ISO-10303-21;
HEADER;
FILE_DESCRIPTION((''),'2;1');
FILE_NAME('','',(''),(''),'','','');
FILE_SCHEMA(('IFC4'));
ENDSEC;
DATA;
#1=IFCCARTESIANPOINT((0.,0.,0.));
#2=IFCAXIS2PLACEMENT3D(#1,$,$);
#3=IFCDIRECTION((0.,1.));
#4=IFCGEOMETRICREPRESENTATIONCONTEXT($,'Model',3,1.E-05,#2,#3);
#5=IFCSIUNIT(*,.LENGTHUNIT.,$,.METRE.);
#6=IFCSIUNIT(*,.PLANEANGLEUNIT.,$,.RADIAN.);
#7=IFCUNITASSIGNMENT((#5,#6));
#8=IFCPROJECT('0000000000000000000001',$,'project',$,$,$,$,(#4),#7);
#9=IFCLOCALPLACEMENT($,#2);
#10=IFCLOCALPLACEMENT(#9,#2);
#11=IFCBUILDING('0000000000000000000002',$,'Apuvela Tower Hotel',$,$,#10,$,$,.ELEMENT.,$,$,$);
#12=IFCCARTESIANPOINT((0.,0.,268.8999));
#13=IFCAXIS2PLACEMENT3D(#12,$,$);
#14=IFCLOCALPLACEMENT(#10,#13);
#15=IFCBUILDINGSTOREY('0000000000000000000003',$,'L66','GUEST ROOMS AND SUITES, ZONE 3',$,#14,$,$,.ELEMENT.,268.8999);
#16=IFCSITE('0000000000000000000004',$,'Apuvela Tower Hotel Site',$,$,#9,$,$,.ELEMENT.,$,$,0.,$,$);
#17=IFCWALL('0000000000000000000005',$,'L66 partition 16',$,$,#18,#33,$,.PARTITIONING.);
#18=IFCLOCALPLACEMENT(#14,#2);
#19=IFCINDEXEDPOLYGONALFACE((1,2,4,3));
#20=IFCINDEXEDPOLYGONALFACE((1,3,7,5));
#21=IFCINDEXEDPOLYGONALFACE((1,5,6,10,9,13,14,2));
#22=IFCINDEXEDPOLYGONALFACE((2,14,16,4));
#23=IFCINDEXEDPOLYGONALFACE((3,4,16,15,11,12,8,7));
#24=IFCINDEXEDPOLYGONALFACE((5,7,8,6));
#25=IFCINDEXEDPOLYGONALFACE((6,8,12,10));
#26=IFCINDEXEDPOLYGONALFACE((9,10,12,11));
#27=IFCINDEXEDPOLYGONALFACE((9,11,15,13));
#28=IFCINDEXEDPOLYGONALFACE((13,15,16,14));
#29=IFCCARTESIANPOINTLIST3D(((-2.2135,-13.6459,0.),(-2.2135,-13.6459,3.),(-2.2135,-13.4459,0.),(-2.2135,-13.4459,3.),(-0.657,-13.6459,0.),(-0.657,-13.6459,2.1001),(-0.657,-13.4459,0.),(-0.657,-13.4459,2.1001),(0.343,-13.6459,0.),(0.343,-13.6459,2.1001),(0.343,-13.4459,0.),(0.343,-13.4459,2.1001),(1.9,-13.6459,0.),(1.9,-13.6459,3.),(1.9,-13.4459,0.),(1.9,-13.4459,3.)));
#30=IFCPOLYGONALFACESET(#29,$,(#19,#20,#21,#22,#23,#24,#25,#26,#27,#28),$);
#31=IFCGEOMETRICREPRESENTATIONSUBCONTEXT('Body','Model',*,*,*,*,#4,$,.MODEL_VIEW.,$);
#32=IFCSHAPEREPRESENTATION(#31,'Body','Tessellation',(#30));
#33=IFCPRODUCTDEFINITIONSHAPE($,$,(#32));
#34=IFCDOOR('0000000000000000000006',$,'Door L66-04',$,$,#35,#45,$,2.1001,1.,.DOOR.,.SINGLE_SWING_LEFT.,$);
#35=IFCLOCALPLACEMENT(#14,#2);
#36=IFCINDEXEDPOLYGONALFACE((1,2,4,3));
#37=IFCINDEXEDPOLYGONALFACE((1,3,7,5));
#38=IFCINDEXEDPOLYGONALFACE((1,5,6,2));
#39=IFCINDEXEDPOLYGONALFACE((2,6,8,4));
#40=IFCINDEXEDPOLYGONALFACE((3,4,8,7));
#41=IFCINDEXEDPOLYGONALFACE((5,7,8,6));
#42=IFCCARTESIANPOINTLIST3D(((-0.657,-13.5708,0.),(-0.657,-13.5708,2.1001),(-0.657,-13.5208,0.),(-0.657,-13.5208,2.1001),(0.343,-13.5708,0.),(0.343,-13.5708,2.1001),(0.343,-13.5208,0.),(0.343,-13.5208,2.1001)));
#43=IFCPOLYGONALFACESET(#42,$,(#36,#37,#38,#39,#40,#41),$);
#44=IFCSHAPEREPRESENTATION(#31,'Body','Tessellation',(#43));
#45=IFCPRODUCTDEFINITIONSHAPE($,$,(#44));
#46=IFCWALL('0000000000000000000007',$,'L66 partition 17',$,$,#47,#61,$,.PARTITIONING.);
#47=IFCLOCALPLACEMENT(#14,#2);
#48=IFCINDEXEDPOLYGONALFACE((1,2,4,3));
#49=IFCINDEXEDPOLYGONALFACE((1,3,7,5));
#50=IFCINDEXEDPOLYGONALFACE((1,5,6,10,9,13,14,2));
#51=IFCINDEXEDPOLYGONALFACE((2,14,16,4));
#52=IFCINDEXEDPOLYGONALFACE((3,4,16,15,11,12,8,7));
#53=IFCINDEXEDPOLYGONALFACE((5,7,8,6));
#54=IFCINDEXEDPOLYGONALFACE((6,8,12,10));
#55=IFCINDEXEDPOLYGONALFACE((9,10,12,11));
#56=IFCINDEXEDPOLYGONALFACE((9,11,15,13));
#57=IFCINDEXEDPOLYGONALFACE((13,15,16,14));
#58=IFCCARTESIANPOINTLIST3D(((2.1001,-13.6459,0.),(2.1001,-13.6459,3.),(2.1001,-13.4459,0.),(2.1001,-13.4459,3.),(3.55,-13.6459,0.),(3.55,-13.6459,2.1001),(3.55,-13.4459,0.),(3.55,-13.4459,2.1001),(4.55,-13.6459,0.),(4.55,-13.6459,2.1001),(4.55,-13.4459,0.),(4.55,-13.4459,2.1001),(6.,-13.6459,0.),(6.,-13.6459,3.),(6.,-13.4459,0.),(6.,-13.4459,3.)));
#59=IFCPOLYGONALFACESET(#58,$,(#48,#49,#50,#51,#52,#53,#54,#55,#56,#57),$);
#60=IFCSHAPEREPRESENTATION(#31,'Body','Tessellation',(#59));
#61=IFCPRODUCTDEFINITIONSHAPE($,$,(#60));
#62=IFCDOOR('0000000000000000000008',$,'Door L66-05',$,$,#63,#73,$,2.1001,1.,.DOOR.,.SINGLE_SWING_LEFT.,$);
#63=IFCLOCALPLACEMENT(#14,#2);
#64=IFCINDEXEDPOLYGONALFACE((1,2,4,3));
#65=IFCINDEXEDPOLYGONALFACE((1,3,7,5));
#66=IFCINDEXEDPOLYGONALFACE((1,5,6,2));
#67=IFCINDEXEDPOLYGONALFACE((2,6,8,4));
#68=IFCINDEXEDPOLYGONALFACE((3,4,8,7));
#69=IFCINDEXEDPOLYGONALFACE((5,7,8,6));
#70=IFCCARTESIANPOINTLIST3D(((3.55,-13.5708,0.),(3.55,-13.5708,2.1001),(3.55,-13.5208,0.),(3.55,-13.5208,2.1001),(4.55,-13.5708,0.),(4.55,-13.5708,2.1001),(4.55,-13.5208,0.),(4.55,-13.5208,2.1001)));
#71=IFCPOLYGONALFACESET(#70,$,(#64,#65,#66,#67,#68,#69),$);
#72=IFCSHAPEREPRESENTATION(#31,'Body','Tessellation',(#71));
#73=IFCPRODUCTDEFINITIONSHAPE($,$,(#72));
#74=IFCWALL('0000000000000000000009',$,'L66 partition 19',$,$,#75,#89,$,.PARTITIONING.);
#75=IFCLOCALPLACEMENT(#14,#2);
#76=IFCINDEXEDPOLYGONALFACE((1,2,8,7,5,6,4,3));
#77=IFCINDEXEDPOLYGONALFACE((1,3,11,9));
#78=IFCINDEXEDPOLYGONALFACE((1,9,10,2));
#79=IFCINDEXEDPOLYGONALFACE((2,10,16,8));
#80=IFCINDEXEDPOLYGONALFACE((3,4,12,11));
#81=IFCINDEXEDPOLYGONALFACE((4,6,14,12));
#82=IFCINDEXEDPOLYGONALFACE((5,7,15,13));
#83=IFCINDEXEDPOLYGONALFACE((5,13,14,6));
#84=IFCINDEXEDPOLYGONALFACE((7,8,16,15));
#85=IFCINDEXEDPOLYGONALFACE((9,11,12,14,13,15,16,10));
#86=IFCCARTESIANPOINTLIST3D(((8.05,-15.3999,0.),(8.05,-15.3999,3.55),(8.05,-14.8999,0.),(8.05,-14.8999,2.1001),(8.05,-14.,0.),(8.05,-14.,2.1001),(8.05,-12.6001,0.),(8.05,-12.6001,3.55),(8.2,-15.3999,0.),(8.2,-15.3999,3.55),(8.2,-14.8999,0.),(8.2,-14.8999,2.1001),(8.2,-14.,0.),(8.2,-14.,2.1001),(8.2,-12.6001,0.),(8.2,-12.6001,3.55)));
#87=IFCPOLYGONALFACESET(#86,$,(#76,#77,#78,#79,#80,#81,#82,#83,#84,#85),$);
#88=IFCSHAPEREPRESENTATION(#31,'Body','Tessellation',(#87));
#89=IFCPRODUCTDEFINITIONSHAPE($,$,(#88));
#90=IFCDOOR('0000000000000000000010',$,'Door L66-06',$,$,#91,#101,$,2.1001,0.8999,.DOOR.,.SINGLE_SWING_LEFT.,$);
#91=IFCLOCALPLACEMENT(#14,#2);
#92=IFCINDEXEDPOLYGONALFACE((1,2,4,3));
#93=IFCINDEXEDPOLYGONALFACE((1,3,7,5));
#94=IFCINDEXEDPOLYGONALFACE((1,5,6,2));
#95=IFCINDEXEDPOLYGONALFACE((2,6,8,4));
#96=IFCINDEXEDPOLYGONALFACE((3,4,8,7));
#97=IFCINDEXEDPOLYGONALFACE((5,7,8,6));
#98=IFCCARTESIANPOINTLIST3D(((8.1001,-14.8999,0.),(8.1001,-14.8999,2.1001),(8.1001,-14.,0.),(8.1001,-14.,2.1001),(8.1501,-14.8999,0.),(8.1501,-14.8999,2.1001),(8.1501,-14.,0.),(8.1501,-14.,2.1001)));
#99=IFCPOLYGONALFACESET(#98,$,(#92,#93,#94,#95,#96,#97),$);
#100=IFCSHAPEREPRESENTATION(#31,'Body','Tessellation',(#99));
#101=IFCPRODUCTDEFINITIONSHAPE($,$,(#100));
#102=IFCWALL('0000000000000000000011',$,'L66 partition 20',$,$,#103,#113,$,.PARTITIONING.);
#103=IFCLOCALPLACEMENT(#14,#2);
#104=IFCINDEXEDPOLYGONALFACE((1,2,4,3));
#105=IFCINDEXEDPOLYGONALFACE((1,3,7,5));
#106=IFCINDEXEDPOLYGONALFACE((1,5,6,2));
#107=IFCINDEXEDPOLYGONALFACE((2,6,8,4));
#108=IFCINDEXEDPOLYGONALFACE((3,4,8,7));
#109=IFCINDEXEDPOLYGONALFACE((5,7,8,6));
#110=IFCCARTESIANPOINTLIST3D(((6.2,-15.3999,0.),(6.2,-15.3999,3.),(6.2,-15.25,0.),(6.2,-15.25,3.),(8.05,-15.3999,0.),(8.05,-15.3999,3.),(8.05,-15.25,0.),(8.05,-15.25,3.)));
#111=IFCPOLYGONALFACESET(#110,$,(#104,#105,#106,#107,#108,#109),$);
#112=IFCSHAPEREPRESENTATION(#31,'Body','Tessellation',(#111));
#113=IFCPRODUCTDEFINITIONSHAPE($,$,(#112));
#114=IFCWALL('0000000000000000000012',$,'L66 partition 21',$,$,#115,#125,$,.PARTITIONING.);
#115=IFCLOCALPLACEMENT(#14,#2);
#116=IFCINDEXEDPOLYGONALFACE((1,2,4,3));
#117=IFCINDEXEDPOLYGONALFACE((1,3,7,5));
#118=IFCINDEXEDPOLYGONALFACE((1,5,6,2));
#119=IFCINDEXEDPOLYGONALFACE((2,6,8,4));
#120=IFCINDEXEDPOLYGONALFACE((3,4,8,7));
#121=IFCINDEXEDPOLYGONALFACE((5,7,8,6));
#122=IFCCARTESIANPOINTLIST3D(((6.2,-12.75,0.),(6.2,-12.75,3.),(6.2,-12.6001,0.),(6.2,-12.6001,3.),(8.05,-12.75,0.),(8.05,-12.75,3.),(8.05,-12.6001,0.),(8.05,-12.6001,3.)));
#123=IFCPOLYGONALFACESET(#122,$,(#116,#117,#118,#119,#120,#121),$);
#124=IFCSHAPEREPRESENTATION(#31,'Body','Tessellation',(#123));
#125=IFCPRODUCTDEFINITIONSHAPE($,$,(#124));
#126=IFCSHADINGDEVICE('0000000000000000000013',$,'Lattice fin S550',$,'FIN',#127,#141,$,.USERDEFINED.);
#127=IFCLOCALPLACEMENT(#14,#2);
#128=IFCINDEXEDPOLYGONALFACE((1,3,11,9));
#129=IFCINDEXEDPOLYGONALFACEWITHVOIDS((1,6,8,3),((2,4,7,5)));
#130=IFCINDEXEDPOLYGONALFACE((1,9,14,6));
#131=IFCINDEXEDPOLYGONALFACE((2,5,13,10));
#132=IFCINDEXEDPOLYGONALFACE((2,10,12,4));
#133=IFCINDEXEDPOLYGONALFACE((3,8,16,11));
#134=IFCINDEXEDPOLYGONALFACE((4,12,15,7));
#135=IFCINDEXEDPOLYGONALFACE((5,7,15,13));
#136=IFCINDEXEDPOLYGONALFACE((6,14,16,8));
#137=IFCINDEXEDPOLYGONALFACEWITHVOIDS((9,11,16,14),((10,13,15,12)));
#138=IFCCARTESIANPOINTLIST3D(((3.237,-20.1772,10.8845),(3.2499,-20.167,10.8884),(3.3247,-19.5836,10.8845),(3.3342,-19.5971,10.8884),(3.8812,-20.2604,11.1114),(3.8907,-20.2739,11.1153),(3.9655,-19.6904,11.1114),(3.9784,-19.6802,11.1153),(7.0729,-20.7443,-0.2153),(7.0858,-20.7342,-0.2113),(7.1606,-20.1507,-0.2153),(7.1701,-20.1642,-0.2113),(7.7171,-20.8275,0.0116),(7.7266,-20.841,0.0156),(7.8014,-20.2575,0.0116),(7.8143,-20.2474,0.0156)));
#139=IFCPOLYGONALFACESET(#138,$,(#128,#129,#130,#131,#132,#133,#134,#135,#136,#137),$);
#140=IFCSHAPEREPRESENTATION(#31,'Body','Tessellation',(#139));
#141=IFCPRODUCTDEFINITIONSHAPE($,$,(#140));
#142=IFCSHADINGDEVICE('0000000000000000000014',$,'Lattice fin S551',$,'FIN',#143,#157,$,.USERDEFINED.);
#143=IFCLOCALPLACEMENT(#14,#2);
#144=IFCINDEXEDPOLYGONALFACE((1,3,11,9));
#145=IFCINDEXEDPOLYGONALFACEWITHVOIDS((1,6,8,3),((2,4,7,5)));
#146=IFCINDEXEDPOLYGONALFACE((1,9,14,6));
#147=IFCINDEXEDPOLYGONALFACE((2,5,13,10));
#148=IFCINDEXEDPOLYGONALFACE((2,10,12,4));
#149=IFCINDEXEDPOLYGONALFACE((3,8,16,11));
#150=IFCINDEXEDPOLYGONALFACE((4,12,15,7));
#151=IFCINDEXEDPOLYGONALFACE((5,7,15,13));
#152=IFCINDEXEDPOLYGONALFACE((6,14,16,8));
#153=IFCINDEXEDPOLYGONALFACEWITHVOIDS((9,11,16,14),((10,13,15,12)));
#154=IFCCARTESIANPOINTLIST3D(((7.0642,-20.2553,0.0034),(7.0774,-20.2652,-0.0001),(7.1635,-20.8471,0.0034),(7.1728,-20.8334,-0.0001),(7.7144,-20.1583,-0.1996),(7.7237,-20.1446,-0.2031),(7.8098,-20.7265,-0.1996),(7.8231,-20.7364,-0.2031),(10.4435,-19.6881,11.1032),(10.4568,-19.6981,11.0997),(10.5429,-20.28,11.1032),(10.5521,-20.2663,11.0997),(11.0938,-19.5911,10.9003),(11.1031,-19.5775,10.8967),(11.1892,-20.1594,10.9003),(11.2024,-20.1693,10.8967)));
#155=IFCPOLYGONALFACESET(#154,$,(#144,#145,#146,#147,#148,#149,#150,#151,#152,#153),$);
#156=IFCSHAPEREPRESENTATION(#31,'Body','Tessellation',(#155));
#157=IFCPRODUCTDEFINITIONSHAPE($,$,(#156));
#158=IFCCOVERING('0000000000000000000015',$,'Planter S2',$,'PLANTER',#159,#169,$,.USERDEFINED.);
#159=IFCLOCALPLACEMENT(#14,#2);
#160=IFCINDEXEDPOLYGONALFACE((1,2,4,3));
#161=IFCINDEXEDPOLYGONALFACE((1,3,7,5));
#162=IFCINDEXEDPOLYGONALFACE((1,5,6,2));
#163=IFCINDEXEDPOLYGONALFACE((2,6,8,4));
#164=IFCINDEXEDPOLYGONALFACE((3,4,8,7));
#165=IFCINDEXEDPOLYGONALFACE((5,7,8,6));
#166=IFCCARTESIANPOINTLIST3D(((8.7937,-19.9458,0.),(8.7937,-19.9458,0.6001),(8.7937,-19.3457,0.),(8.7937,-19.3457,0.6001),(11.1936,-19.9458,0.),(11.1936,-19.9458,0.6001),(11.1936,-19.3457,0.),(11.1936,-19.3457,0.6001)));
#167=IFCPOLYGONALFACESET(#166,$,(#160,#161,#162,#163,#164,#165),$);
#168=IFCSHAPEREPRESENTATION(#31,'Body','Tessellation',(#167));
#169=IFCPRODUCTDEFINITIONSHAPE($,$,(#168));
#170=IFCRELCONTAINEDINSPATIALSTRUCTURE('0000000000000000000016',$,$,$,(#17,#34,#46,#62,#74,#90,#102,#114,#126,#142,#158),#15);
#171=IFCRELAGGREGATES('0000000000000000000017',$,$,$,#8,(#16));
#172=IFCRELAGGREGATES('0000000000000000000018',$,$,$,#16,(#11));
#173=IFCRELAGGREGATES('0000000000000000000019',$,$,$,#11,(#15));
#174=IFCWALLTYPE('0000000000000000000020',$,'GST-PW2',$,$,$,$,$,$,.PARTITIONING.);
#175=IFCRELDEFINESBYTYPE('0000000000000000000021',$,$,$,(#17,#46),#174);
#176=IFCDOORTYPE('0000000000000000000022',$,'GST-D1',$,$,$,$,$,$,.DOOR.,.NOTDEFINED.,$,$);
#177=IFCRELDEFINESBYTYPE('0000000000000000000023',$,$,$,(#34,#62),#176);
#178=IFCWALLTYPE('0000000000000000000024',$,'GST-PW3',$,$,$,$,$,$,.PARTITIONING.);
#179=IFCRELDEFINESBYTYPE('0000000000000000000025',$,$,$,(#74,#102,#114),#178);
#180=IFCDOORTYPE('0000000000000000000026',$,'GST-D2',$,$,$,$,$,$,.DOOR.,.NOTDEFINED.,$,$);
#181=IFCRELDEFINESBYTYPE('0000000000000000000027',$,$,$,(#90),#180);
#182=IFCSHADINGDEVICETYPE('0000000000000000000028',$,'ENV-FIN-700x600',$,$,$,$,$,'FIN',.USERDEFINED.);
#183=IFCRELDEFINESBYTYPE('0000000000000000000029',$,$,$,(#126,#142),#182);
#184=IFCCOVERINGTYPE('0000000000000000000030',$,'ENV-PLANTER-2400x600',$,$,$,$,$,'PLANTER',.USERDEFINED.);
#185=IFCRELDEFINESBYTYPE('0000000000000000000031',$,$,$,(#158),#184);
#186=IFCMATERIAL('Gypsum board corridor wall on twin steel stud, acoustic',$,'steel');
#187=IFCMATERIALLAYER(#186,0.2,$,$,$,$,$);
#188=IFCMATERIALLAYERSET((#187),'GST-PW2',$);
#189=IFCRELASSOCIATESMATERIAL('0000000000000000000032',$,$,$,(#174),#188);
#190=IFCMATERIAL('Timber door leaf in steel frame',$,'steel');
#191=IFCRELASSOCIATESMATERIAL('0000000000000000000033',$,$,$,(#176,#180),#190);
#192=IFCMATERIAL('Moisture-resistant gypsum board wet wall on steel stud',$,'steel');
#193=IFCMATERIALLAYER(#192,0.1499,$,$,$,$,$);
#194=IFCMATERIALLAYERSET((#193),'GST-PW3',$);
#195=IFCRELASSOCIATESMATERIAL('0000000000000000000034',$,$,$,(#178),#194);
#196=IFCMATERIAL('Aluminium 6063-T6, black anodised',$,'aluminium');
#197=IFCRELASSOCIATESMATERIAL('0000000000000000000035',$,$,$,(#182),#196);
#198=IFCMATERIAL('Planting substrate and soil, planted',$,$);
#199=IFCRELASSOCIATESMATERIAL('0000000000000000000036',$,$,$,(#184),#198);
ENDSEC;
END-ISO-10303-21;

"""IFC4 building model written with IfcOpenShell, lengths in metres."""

from ifc_helpers import new_model, si_unit, direction, frame, frame_2d, origin, origin_2d, place, context, subcontext, project, spatial, rectangle, hollow_rectangle, extrude, material, layer, layer_set, material_profile, profile_set, type_object, element, fill, save


model = new_model("IFC4")

# Units and contexts
model_context = context("Model", 3, precision=1e-05, world=origin(), true_north=direction((0.0, 1.0)))
body_context = subcontext(model_context, "Body", "Model", "MODEL_VIEW")
ifc_project = project(units=[si_unit("LENGTHUNIT", "METRE"), si_unit("PLANEANGLEUNIT", "RADIAN")], contexts=[model_context])

# Site, building, storey
site_placement = place(None, origin())
site = spatial("IfcSite", under=ifc_project, at=site_placement, Name="Apuvela Tower Hotel Site", CompositionType="ELEMENT", RefElevation=0.0)
building_placement = place(site_placement, origin())
building = spatial("IfcBuilding", under=site, at=building_placement, Name="Apuvela Tower Hotel", CompositionType="ELEMENT")
storey_placement = place(building_placement, frame((0.0, 0.0, 268.8999)))
storey = spatial("IfcBuildingStorey", under=building, at=storey_placement, Name="L66", Description="GUEST ROOMS AND SUITES, ZONE 3", CompositionType="ELEMENT", Elevation=268.8999)

# Walls, openings, doors
ifc_material_1 = material(Name="Gypsum board corridor wall on twin steel stud, acoustic", Category="steel")
ifc_layer_1 = layer(ifc_material_1, 0.2)
ifc_layer_set_1 = layer_set([ifc_layer_1], Name="GST-PW2")
wall_type_1 = type_object("IfcWallType", Name="GST-PW2", PredefinedType="PARTITIONING", material=ifc_layer_set_1)
wall_1_placement = place(storey_placement, frame((1.8999, -13.5459, 0.0), z_axis=(0.0, 0.0, 1.0), x_axis=(-1.0, 0.0, 0.0)))
wall_1 = element("IfcWall", 1, at=wall_1_placement, inside=storey, type_object=wall_type_1, Name="L66 partition 16", PredefinedType="PARTITIONING", context=body_context, shape_type="SweptSolid", body=[
    extrude(rectangle(XDim=4.1135, YDim=0.2, at=frame_2d((2.0566, 0.0))), origin(), (0.0, 0.0, 1.0), 3.0),
])
opening_1_placement = place(wall_1_placement, frame((1.5569, 0.0, 0.0)))
opening_1 = element("IfcOpeningElement", 2, at=opening_1_placement, cuts=wall_1, PredefinedType="OPENING", context=body_context, shape_type="SweptSolid", body=[
    extrude(rectangle(XDim=1.0, YDim=2.1001, at=frame_2d((0.5, 1.05))), frame((0.0, 0.1099, 0.0), z_axis=(0.0, -1.0, 0.0), x_axis=(1.0, 0.0, 0.0)), (0.0, 0.0, 1.0), 0.22),
])
ifc_material_2 = material(Name="Timber door leaf in steel frame", Category="steel")
door_type_1 = type_object("IfcDoorType", Name="GST-D1", OperationType="NOTDEFINED", PredefinedType="DOOR", material=ifc_material_2)
door_1_placement = place(opening_1_placement, origin())
door_1 = element("IfcDoor", 3, at=door_1_placement, inside=storey, type_object=door_type_1, Name="Door L66-04", OperationType="SINGLE_SWING_LEFT", OverallHeight=2.1001, OverallWidth=1.0, PredefinedType="DOOR", context=body_context, shape_type="SweptSolid", body=[
    extrude(rectangle(XDim=1.0, YDim=2.1001, at=frame_2d((0.5, 1.05))), frame((0.0, 0.0249, 0.0), z_axis=(0.0, -1.0, 0.0), x_axis=(1.0, 0.0, 0.0)), (0.0, 0.0, 1.0), 0.05),
])
fill(opening_1, door_1)
wall_2_placement = place(storey_placement, frame((6.0, -13.5459, 0.0), z_axis=(0.0, 0.0, 1.0), x_axis=(-1.0, 0.0, 0.0)))
wall_2 = element("IfcWall", 4, at=wall_2_placement, inside=storey, type_object=wall_type_1, Name="L66 partition 17", PredefinedType="PARTITIONING", context=body_context, shape_type="SweptSolid", body=[
    extrude(rectangle(XDim=3.8999, YDim=0.2, at=frame_2d((1.95, 0.0))), origin(), (0.0, 0.0, 1.0), 3.0),
])
opening_2_placement = place(wall_2_placement, frame((1.45, 0.0, 0.0)))
opening_2 = element("IfcOpeningElement", 5, at=opening_2_placement, cuts=wall_2, PredefinedType="OPENING", context=body_context, shape_type="SweptSolid", body=[
    extrude(rectangle(XDim=1.0, YDim=2.1001, at=frame_2d((0.5, 1.05))), frame((0.0, 0.1099, 0.0), z_axis=(0.0, -1.0, 0.0), x_axis=(1.0, 0.0, 0.0)), (0.0, 0.0, 1.0), 0.22),
])
door_2_placement = place(opening_2_placement, origin())
door_2 = element("IfcDoor", 6, at=door_2_placement, inside=storey, type_object=door_type_1, Name="Door L66-05", OperationType="SINGLE_SWING_LEFT", OverallHeight=2.1001, OverallWidth=1.0, PredefinedType="DOOR", context=body_context, shape_type="SweptSolid", body=[
    extrude(rectangle(XDim=1.0, YDim=2.1001, at=frame_2d((0.5, 1.05))), frame((0.0, 0.0249, 0.0), z_axis=(0.0, -1.0, 0.0), x_axis=(1.0, 0.0, 0.0)), (0.0, 0.0, 1.0), 0.05),
])
fill(opening_2, door_2)
ifc_material_3 = material(Name="Moisture-resistant gypsum board wet wall on steel stud", Category="steel")
ifc_layer_2 = layer(ifc_material_3, 0.1499)
ifc_layer_set_2 = layer_set([ifc_layer_2], Name="GST-PW3")
wall_type_2 = type_object("IfcWallType", Name="GST-PW3", PredefinedType="PARTITIONING", material=ifc_layer_set_2)
wall_3_placement = place(storey_placement, frame((8.125, -15.3999, 0.0), z_axis=(0.0, 0.0, 1.0), x_axis=(0.0, 1.0, 0.0)))
wall_3 = element("IfcWall", 7, at=wall_3_placement, inside=storey, type_object=wall_type_2, Name="L66 partition 19", PredefinedType="PARTITIONING", context=body_context, shape_type="SweptSolid", body=[
    extrude(rectangle(XDim=2.7998, YDim=0.1499, at=frame_2d((1.3999, 0.0))), origin(), (0.0, 0.0, 1.0), 3.55),
])
opening_3_placement = place(wall_3_placement, frame((0.5, 0.0, 0.0)))
opening_3 = element("IfcOpeningElement", 8, at=opening_3_placement, cuts=wall_3, PredefinedType="OPENING", context=body_context, shape_type="SweptSolid", body=[
    extrude(rectangle(XDim=0.8999, YDim=2.1001, at=frame_2d((0.45, 1.05))), frame((0.0, 0.085, 0.0), z_axis=(0.0, -1.0, 0.0), x_axis=(1.0, 0.0, 0.0)), (0.0, 0.0, 1.0), 0.1699),
])
door_type_2 = type_object("IfcDoorType", Name="GST-D2", OperationType="NOTDEFINED", PredefinedType="DOOR", material=ifc_material_2)
door_3_placement = place(opening_3_placement, origin())
door_3 = element("IfcDoor", 9, at=door_3_placement, inside=storey, type_object=door_type_2, Name="Door L66-06", OperationType="SINGLE_SWING_LEFT", OverallHeight=2.1001, OverallWidth=0.8999, PredefinedType="DOOR", context=body_context, shape_type="SweptSolid", body=[
    extrude(rectangle(XDim=0.8999, YDim=2.1001, at=frame_2d((0.45, 1.05))), frame((0.0, 0.0249, 0.0), z_axis=(0.0, -1.0, 0.0), x_axis=(1.0, 0.0, 0.0)), (0.0, 0.0, 1.0), 0.05),
])
fill(opening_3, door_3)

# Walls
for number, where, z_axis, x_axis, name in (
    (10, (6.2, -15.325, 0.0), (0.0, 0.0, 1.0), (1.0, 0.0, 0.0), "L66 partition 20"),
    (11, (6.2, -12.675, 0.0), (0.0, 0.0, 1.0), (1.0, 0.0, 0.0), "L66 partition 21"),
):
    element("IfcWall", number, at=place(storey_placement, frame(where, z_axis=z_axis, x_axis=x_axis)), inside=storey, type_object=wall_type_2, Name=name, PredefinedType="PARTITIONING", context=body_context, shape_type="SweptSolid", body=[
        extrude(rectangle(XDim=1.8501, YDim=0.1499, at=frame_2d((0.925, 0.0))), origin(), (0.0, 0.0, 1.0), 3.0),
    ])

# Shading devices
ifc_material_4 = material(Name="Aluminium 6063-T6, black anodised", Category="aluminium")
ifc_material_profile_1 = material_profile(ifc_material_4, hollow_rectangle(XDim=0.6001, YDim=0.7, WallThickness=0.012, at=origin_2d()), Name="AL BOX 700x600x12")
ifc_profile_set_1 = profile_set([ifc_material_profile_1], Name="Aluminium 6063-T6, black anodised")
shading_device_type = type_object("IfcShadingDeviceType", Name="ENV-FIN-700x600", ElementType="FIN", PredefinedType="USERDEFINED", material=ifc_profile_set_1)
shading_device_1_placement = place(storey_placement, frame((7.4436, -20.4958, -0.0999), z_axis=(-0.32625, 0.048236, 0.944052), x_axis=(-0.146259, -0.989246, 0.0)))
element("IfcShadingDevice", 12, at=shading_device_1_placement, inside=storey, type_object=shading_device_type, Name="Lattice fin S550", ObjectType="FIN", PredefinedType="USERDEFINED", context=body_context, shape_type="SweptSolid", body=[
    extrude(hollow_rectangle(XDim=0.6001, YDim=0.7, WallThickness=0.012, at=origin_2d()), origin(), (0.0, 0.0, 1.0), 11.7576),
])
shading_device_2_placement = place(storey_placement, frame((7.4436, -20.4958, -0.0999), z_axis=(0.290907, 0.048821, 0.955505), x_axis=(-0.165508, 0.986208, 0.0)))
element("IfcShadingDevice", 13, at=shading_device_2_placement, inside=storey, type_object=shading_device_type, Name="Lattice fin S551", ObjectType="FIN", PredefinedType="USERDEFINED", context=body_context, shape_type="SweptSolid", body=[
    extrude(hollow_rectangle(XDim=0.6001, YDim=0.7, WallThickness=0.012, at=origin_2d()), origin(), (0.0, 0.0, 1.0), 11.6167),
])

# Covering
ifc_material_5 = material(Name="Planting substrate and soil, planted")
covering_type = type_object("IfcCoveringType", Name="ENV-PLANTER-2400x600", ElementType="PLANTER", PredefinedType="USERDEFINED", material=ifc_material_5)
covering_placement = place(storey_placement, frame((9.9937, -19.6458, 0.0), z_axis=(0.0, 0.0, 1.0), x_axis=(1.0, 0.0, 0.0)))
element("IfcCovering", 14, at=covering_placement, inside=storey, type_object=covering_type, Name="Planter S2", ObjectType="PLANTER", PredefinedType="USERDEFINED", context=body_context, shape_type="SweptSolid", body=[
    extrude(rectangle(XDim=2.3999, YDim=0.6001, at=origin_2d()), origin(), (0.0, 0.0, 1.0), 0.6001),
])

save(model, "model.ifc")
